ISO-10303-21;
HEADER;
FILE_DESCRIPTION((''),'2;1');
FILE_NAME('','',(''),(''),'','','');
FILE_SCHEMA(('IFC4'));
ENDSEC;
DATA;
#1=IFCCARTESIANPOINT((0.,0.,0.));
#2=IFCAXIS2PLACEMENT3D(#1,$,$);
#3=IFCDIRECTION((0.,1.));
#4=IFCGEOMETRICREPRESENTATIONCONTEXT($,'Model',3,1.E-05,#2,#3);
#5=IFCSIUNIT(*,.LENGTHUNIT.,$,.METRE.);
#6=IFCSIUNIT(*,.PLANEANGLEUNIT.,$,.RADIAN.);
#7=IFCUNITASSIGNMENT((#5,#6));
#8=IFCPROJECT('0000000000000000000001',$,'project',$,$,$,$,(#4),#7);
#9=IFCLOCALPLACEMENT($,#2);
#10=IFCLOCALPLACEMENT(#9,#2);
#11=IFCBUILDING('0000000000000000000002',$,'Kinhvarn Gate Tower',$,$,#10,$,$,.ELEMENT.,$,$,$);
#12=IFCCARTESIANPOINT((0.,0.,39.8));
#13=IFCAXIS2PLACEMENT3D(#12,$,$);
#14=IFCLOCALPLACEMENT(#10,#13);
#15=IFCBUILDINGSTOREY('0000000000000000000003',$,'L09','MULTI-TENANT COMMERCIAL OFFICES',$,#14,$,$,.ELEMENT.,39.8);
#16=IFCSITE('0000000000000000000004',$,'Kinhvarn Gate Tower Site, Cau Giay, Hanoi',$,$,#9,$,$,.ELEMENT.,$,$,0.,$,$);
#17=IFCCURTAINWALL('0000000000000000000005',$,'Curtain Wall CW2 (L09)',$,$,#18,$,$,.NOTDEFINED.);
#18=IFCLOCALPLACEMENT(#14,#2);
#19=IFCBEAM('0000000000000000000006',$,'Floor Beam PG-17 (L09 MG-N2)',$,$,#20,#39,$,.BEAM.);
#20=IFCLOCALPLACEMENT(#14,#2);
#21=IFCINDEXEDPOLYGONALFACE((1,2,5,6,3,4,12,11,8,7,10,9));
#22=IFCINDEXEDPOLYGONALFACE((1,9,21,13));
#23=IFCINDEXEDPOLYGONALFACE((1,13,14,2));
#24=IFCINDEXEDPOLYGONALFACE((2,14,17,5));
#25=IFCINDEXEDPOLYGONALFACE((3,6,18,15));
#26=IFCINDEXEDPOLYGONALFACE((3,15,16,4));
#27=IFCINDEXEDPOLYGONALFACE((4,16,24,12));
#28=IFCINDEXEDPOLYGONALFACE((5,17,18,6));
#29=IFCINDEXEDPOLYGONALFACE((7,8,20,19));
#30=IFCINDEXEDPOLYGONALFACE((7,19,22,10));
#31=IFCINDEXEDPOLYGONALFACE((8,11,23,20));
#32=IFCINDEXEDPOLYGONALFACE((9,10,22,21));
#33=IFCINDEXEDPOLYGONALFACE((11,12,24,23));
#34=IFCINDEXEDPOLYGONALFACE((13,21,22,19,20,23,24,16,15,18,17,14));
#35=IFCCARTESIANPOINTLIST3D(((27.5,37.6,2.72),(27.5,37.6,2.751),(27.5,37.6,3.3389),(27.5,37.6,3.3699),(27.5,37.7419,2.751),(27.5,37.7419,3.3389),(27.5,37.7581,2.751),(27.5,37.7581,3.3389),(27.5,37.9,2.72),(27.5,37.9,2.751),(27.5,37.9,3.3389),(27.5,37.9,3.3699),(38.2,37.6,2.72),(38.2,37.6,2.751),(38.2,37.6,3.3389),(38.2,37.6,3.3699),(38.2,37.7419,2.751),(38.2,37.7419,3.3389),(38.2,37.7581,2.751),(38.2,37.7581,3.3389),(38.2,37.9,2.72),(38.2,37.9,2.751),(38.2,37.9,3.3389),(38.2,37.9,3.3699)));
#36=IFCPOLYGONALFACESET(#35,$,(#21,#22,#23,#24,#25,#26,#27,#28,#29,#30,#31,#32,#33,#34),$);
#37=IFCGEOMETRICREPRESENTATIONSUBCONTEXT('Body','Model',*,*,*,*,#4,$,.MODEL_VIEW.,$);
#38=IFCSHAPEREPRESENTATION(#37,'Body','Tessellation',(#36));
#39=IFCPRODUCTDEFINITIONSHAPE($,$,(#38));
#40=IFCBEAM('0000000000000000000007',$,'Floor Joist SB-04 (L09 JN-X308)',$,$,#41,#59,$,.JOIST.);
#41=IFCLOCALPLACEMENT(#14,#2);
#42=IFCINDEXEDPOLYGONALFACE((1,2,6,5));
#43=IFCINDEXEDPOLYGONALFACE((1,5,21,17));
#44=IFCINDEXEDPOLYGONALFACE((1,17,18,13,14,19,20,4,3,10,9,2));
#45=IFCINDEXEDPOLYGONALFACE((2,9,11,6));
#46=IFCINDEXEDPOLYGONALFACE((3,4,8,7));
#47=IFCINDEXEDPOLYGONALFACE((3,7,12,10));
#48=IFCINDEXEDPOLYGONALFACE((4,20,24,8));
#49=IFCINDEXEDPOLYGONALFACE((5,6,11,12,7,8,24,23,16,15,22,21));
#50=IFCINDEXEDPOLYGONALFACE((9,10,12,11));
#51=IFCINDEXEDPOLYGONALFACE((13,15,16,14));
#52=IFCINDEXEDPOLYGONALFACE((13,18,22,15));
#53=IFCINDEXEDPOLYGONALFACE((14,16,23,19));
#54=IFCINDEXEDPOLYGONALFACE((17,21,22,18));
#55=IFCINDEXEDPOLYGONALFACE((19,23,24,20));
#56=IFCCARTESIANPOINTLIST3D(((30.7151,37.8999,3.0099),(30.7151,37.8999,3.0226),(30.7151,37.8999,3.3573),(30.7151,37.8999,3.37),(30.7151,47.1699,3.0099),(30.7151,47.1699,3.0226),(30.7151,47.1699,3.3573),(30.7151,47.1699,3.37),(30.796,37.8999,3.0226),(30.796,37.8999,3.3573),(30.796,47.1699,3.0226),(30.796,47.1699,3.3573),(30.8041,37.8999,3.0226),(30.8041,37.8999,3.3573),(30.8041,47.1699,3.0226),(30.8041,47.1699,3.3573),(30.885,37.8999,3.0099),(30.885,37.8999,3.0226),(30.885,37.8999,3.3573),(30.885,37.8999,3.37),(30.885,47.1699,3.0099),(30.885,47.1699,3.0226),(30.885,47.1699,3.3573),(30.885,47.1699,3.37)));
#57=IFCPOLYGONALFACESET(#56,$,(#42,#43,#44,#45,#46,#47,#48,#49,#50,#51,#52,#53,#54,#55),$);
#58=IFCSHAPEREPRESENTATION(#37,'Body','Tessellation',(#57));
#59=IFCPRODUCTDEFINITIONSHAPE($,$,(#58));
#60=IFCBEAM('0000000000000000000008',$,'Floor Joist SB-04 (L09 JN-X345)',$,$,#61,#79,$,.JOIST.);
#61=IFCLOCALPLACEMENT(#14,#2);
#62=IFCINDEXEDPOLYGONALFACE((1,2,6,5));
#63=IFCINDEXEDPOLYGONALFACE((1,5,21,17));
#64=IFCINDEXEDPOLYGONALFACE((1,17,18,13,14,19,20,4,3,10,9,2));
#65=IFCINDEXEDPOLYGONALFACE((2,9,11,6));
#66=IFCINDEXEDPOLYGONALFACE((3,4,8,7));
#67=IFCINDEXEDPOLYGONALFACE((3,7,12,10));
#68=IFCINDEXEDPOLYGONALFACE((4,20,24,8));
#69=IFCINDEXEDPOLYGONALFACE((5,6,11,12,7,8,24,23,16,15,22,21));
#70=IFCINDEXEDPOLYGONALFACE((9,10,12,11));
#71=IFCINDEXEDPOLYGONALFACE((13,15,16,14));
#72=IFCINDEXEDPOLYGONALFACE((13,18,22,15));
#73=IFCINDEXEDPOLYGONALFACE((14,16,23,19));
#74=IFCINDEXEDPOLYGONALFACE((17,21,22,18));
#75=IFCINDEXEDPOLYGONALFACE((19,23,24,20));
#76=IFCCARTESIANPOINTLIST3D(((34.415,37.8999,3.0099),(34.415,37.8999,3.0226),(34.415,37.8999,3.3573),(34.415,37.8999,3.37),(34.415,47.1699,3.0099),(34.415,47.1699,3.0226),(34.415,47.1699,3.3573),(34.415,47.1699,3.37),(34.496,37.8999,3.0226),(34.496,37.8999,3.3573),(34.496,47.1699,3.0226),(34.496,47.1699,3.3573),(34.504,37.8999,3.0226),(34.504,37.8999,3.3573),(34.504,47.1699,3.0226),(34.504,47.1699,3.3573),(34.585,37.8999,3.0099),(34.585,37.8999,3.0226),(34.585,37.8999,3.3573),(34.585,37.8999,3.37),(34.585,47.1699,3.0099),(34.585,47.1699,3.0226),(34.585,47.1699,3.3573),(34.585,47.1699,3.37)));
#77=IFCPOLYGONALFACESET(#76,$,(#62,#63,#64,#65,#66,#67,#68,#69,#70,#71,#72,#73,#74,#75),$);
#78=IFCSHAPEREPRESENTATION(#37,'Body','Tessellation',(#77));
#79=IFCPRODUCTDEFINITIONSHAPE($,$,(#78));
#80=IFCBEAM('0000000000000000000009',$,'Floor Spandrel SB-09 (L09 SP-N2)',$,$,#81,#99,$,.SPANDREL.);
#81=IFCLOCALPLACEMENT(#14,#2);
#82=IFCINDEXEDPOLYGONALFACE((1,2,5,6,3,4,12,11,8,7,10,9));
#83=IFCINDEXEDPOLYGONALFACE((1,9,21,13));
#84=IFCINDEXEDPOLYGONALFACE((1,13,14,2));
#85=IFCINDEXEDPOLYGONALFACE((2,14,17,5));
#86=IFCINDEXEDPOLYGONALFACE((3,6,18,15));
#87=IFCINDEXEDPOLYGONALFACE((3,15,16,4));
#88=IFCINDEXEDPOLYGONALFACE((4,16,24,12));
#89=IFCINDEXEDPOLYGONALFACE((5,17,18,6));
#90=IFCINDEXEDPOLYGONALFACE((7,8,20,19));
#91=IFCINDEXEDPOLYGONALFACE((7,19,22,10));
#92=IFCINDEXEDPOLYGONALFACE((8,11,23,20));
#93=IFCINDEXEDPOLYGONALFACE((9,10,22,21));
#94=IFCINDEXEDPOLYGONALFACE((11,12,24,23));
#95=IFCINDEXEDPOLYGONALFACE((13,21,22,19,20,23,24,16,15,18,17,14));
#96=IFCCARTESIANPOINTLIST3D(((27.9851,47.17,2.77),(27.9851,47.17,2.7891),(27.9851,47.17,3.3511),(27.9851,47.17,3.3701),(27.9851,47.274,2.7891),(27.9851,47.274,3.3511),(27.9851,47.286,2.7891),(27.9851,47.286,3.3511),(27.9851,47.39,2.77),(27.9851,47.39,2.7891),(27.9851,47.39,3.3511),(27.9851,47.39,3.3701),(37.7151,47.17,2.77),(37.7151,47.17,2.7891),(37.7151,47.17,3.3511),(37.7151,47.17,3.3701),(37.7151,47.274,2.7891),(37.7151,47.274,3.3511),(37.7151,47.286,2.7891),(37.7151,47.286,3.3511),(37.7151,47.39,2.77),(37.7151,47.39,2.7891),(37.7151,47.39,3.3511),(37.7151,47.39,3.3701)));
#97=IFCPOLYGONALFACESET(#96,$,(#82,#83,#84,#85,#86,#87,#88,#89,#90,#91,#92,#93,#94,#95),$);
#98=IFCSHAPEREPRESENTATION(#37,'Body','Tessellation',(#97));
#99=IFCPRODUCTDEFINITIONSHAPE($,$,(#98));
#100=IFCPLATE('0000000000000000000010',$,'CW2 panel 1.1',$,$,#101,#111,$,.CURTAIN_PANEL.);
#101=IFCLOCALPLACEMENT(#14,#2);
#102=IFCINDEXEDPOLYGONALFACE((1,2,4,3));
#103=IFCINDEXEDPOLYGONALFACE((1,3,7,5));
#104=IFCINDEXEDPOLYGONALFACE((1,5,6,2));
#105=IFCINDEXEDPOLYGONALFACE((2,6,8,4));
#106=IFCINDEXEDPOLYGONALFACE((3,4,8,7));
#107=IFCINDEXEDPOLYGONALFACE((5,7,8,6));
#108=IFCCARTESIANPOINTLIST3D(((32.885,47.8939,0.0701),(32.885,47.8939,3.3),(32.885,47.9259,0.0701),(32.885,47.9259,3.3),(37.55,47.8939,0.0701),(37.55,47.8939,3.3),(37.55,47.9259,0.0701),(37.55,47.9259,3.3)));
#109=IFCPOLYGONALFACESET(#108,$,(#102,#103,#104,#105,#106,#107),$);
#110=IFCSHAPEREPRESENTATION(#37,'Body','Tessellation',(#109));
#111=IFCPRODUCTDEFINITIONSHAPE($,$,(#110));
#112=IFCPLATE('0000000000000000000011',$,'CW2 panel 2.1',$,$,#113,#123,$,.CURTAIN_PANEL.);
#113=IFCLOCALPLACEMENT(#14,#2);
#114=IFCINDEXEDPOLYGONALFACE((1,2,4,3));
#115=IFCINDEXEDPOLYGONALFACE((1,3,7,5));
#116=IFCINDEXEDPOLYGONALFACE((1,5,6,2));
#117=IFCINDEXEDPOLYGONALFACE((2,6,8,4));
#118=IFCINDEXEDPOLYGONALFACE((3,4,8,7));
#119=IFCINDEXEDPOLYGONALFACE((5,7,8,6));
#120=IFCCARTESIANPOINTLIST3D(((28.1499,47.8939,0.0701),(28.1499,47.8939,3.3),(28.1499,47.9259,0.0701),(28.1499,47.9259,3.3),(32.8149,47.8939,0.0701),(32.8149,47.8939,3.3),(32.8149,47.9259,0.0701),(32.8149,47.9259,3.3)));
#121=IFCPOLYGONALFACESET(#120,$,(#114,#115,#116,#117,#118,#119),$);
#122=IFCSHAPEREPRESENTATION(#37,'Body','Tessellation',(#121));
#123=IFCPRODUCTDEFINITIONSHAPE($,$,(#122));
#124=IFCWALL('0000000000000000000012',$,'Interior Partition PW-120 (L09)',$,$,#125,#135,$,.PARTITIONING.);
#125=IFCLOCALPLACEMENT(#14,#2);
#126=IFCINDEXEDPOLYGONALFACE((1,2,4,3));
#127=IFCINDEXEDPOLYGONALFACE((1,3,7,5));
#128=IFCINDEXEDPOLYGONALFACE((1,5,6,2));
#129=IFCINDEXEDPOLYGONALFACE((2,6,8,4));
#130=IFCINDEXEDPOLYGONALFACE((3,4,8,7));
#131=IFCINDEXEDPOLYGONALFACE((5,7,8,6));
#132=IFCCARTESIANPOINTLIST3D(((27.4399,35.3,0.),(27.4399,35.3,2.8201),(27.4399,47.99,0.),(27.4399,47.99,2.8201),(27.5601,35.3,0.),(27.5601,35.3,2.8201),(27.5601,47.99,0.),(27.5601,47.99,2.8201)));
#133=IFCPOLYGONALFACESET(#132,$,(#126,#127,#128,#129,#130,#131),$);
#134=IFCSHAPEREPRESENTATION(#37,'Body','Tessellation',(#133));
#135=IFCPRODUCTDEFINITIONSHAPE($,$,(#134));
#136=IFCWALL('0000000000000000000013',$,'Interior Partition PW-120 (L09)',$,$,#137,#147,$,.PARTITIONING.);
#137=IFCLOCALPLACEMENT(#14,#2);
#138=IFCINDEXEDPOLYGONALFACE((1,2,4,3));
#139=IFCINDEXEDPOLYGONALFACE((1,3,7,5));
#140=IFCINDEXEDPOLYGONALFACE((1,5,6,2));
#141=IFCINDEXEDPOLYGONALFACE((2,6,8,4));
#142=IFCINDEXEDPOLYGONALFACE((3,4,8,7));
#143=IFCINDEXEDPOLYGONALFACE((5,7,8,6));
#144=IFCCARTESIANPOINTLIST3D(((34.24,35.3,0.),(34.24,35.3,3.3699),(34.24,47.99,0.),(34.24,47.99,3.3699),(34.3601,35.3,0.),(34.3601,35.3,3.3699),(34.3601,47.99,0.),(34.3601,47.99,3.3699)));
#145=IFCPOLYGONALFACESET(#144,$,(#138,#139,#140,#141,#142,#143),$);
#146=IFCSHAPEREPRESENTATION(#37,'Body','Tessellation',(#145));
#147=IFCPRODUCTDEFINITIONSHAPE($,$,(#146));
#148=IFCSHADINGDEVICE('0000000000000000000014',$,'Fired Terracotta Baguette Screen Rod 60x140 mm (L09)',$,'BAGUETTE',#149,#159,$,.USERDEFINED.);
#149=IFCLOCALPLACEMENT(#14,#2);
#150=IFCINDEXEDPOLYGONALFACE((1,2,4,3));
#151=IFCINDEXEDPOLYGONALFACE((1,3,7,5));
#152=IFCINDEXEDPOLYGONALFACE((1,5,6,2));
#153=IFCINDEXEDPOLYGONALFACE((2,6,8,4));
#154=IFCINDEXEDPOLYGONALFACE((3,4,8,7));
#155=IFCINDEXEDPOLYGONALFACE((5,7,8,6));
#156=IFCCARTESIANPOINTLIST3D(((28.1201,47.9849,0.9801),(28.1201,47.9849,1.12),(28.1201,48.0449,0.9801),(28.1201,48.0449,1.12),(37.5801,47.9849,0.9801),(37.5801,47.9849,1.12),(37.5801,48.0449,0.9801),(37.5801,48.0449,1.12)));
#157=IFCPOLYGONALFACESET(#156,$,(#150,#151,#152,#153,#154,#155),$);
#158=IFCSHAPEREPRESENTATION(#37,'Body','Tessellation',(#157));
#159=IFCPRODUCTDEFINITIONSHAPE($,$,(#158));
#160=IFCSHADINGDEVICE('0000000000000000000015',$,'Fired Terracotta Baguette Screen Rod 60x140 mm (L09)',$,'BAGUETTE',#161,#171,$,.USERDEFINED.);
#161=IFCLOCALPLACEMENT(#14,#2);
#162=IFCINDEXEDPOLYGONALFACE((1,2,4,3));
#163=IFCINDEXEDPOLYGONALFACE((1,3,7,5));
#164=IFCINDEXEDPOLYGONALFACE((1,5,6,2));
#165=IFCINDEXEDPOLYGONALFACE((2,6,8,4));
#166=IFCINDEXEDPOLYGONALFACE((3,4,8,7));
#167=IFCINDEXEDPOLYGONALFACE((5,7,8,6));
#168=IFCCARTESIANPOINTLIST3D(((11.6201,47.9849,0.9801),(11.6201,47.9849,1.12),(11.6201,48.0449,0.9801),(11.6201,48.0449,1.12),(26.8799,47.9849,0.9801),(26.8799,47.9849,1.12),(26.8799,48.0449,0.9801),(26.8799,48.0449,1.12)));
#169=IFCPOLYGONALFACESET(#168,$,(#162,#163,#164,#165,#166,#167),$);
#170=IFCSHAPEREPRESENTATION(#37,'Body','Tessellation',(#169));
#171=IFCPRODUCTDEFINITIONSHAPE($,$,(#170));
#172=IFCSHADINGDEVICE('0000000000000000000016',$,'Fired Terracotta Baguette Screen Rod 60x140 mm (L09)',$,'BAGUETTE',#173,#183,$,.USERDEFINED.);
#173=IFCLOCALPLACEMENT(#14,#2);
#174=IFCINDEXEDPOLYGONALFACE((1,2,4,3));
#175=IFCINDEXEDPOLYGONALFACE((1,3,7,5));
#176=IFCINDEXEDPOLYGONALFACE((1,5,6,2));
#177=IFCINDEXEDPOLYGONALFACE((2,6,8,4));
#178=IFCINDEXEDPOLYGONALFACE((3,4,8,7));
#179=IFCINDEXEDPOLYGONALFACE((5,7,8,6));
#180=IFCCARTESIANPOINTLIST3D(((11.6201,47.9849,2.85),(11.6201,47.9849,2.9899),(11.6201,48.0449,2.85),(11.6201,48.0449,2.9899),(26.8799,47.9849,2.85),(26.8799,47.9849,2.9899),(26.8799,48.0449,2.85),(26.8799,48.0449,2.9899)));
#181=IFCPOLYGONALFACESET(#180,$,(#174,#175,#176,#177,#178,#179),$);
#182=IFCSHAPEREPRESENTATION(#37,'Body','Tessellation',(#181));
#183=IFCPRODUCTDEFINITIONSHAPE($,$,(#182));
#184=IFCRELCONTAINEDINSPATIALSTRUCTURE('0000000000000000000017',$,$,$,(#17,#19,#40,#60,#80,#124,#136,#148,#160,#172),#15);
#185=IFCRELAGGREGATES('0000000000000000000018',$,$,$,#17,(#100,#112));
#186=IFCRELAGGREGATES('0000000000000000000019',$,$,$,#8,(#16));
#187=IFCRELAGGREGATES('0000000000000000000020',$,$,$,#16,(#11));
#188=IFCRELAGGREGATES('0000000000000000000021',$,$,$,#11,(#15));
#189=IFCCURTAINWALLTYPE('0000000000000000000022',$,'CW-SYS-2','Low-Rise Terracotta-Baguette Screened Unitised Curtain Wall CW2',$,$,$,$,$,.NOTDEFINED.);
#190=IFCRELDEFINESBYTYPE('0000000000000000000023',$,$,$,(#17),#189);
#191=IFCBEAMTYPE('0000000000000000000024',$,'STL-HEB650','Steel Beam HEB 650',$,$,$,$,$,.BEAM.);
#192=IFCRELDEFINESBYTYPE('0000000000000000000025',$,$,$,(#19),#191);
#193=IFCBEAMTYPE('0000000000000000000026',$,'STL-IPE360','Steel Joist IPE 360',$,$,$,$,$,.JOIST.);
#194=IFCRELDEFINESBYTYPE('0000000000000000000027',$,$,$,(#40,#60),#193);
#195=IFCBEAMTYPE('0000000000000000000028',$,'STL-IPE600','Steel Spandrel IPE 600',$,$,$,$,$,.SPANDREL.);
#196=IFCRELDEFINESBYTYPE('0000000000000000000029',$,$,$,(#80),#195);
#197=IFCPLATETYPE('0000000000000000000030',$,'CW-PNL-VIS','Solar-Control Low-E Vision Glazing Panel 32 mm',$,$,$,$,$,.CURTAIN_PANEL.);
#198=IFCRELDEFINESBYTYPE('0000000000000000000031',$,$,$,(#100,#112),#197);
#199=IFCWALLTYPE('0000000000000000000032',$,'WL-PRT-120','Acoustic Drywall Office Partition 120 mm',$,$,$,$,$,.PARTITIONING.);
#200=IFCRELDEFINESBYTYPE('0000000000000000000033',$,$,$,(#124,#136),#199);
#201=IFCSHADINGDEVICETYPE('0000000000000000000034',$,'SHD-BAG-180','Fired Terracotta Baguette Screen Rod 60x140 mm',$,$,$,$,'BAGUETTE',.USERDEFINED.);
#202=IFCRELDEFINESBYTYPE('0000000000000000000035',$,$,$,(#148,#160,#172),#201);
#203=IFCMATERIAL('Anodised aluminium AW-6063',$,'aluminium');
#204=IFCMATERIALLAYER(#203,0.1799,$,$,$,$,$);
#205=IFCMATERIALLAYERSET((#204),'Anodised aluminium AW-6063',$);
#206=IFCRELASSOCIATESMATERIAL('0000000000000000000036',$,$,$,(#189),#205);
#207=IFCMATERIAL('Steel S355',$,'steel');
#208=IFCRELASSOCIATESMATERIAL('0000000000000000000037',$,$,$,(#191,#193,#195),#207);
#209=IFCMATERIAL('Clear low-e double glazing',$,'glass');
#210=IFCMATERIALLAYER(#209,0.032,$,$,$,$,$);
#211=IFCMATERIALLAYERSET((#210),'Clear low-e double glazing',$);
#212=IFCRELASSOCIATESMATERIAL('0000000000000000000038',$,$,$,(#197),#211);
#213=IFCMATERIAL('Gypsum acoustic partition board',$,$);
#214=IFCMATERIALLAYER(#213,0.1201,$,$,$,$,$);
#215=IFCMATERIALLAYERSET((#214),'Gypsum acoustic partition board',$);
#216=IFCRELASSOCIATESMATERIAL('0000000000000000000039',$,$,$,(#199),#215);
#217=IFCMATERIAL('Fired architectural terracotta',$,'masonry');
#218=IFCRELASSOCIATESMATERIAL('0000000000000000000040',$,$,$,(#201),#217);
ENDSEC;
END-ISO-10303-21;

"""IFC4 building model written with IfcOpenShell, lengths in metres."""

from ifc_helpers import new_model, si_unit, direction, frame, frame_2d, origin, origin_2d, place, context, subcontext, project, spatial, rectangle, i_section, extrude, material, layer, layer_set, material_profile, profile_set, type_object, element, aggregate, save


model = new_model("IFC4")

# Units and contexts
model_context = context("Model", 3, precision=1e-05, world=origin(), true_north=direction((0.0, 1.0)))
body_context = subcontext(model_context, "Body", "Model", "MODEL_VIEW")
ifc_project = project(units=[si_unit("LENGTHUNIT", "METRE"), si_unit("PLANEANGLEUNIT", "RADIAN")], contexts=[model_context])

# Site, building, storey
site_placement = place(None, origin())
site = spatial("IfcSite", under=ifc_project, at=site_placement, Name="Kinhvarn Gate Tower Site, Cau Giay, Hanoi", CompositionType="ELEMENT", RefElevation=0.0)
building_placement = place(site_placement, origin())
building = spatial("IfcBuilding", under=site, at=building_placement, Name="Kinhvarn Gate Tower", CompositionType="ELEMENT")
storey_placement = place(building_placement, frame((0.0, 0.0, 39.8)))
storey = spatial("IfcBuildingStorey", under=building, at=storey_placement, Name="L09", Description="MULTI-TENANT COMMERCIAL OFFICES", CompositionType="ELEMENT", Elevation=39.8)

# Curtain wall
ifc_material_1 = material(Name="Anodised aluminium AW-6063", Category="aluminium")
ifc_layer_1 = layer(ifc_material_1, 0.1799)
ifc_layer_set_1 = layer_set([ifc_layer_1], Name="Anodised aluminium AW-6063")
curtain_wall_type = type_object("IfcCurtainWallType", Name="CW-SYS-2", Description="Low-Rise Terracotta-Baguette Screened Unitised Curtain Wall CW2", PredefinedType="NOTDEFINED", material=ifc_layer_set_1)
curtain_wall_1_placement = place(storey_placement, origin())
curtain_wall_1 = element("IfcCurtainWall", 1, at=curtain_wall_1_placement, inside=storey, type_object=curtain_wall_type, Name="Curtain Wall CW2 (L09)", PredefinedType="NOTDEFINED")

# Beams
ifc_material_2 = material(Name="Steel S355", Category="steel")
ifc_material_profile_1 = material_profile(ifc_material_2, i_section(OverallWidth=0.3, OverallDepth=0.6499, WebThickness=0.0161, FlangeThickness=0.031, at=origin_2d()), Name="HEB 650")
ifc_profile_set_1 = profile_set([ifc_material_profile_1], Name="Steel S355")
beam_type_1 = type_object("IfcBeamType", Name="STL-HEB650", Description="Steel Beam HEB 650", PredefinedType="BEAM", material=ifc_profile_set_1)
beam_1_placement = place(storey_placement, frame((27.5, 37.75, 3.0449), z_axis=(1.0, 0.0, 0.0), x_axis=(0.0, 1.0, 0.0)))
element("IfcBeam", 2, at=beam_1_placement, inside=storey, type_object=beam_type_1, Name="Floor Beam PG-17 (L09 MG-N2)", PredefinedType="BEAM", context=body_context, shape_type="SweptSolid", body=[
    extrude(i_section(OverallWidth=0.3, OverallDepth=0.6499, WebThickness=0.0161, FlangeThickness=0.031, at=origin_2d()), origin(), (0.0, 0.0, 1.0), 10.7),
])
ifc_material_profile_2 = material_profile(ifc_material_2, i_section(OverallWidth=0.1699, OverallDepth=0.3601, WebThickness=0.0081, FlangeThickness=0.0127, at=origin_2d()), Name="IPE 360")
ifc_profile_set_2 = profile_set([ifc_material_profile_2], Name="Steel S355")
beam_type_2 = type_object("IfcBeamType", Name="STL-IPE360", Description="Steel Joist IPE 360", PredefinedType="JOIST", material=ifc_profile_set_2)
for number, where, z_axis, x_axis, name in (
    (3, (30.8, 37.8999, 3.1899), (0.0, 1.0, 0.0), (-1.0, 0.0, 0.0), "Floor Joist SB-04 (L09 JN-X308)"),
    (4, (34.5, 37.8999, 3.1899), (0.0, 1.0, 0.0), (-1.0, 0.0, 0.0), "Floor Joist SB-04 (L09 JN-X345)"),
):
    element("IfcBeam", number, at=place(storey_placement, frame(where, z_axis=z_axis, x_axis=x_axis)), inside=storey, type_object=beam_type_2, Name=name, PredefinedType="JOIST", context=body_context, shape_type="SweptSolid", body=[
        extrude(i_section(OverallWidth=0.1699, OverallDepth=0.3601, WebThickness=0.0081, FlangeThickness=0.0127, at=origin_2d()), origin(), (0.0, 0.0, 1.0), 9.27),
    ])
ifc_material_profile_3 = material_profile(ifc_material_2, i_section(OverallWidth=0.22, OverallDepth=0.6001, WebThickness=0.012, FlangeThickness=0.019, at=origin_2d()), Name="IPE 600")
ifc_profile_set_3 = profile_set([ifc_material_profile_3], Name="Steel S355")
beam_type_3 = type_object("IfcBeamType", Name="STL-IPE600", Description="Steel Spandrel IPE 600", PredefinedType="SPANDREL", material=ifc_profile_set_3)
beam_2_placement = place(storey_placement, frame((27.9851, 47.28, 3.0701), z_axis=(1.0, 0.0, 0.0), x_axis=(0.0, 1.0, 0.0)))
element("IfcBeam", 5, at=beam_2_placement, inside=storey, type_object=beam_type_3, Name="Floor Spandrel SB-09 (L09 SP-N2)", PredefinedType="SPANDREL", context=body_context, shape_type="SweptSolid", body=[
    extrude(i_section(OverallWidth=0.22, OverallDepth=0.6001, WebThickness=0.012, FlangeThickness=0.019, at=origin_2d()), origin(), (0.0, 0.0, 1.0), 9.73),
])

# Plates
ifc_material_3 = material(Name="Clear low-e double glazing", Category="glass")
ifc_layer_2 = layer(ifc_material_3, 0.032)
ifc_layer_set_2 = layer_set([ifc_layer_2], Name="Clear low-e double glazing")
plate_type = type_object("IfcPlateType", Name="CW-PNL-VIS", Description="Solar-Control Low-E Vision Glazing Panel 32 mm", PredefinedType="CURTAIN_PANEL", material=ifc_layer_set_2)
plate_1_placement = place(storey_placement, frame((35.2175, 47.9099, 0.0701), z_axis=(0.0, 0.0, 1.0), x_axis=(-1.0, 0.0, 0.0)))
plate_1 = element("IfcPlate", 6, at=plate_1_placement, type_object=plate_type, Name="CW2 panel 1.1", PredefinedType="CURTAIN_PANEL", context=body_context, shape_type="SweptSolid", body=[
    extrude(rectangle(XDim=4.665, YDim=0.032, at=origin_2d()), origin(), (0.0, 0.0, 1.0), 3.23),
])
plate_2_placement = place(storey_placement, frame((30.4824, 47.9099, 0.0701), z_axis=(0.0, 0.0, 1.0), x_axis=(-1.0, 0.0, 0.0)))
plate_2 = element("IfcPlate", 7, at=plate_2_placement, type_object=plate_type, Name="CW2 panel 2.1", PredefinedType="CURTAIN_PANEL", context=body_context, shape_type="SweptSolid", body=[
    extrude(rectangle(XDim=4.665, YDim=0.032, at=origin_2d()), origin(), (0.0, 0.0, 1.0), 3.23),
])
aggregate(curtain_wall_1, [plate_1, plate_2])

# Walls
ifc_material_4 = material(Name="Gypsum acoustic partition board")
ifc_layer_3 = layer(ifc_material_4, 0.1201)
ifc_layer_set_3 = layer_set([ifc_layer_3], Name="Gypsum acoustic partition board")
wall_type = type_object("IfcWallType", Name="WL-PRT-120", Description="Acoustic Drywall Office Partition 120 mm", PredefinedType="PARTITIONING", material=ifc_layer_set_3)
wall_1_placement = place(storey_placement, frame((27.5, 35.3, 0.0), z_axis=(0.0, 0.0, 1.0), x_axis=(0.0, 1.0, 0.0)))
element("IfcWall", 8, at=wall_1_placement, inside=storey, type_object=wall_type, Name="Interior Partition PW-120 (L09)", PredefinedType="PARTITIONING", context=body_context, shape_type="SweptSolid", body=[
    extrude(rectangle(XDim=12.6899, YDim=0.1201, at=frame_2d((6.345, 0.0))), origin(), (0.0, 0.0, 1.0), 2.8201),
])
wall_2_placement = place(storey_placement, frame((34.3, 35.3, 0.0), z_axis=(0.0, 0.0, 1.0), x_axis=(0.0, 1.0, 0.0)))
element("IfcWall", 9, at=wall_2_placement, inside=storey, type_object=wall_type, Name="Interior Partition PW-120 (L09)", PredefinedType="PARTITIONING", context=body_context, shape_type="SweptSolid", body=[
    extrude(rectangle(XDim=12.6899, YDim=0.1201, at=frame_2d((6.345, 0.0))), origin(), (0.0, 0.0, 1.0), 3.3699),
])

# Shading devices
ifc_material_5 = material(Name="Fired architectural terracotta", Category="masonry")
ifc_material_profile_4 = material_profile(ifc_material_5, rectangle(XDim=0.0601, YDim=0.1399, at=origin_2d()), Name="TC 60x140")
ifc_profile_set_4 = profile_set([ifc_material_profile_4], Name="Fired architectural terracotta")
shading_device_type = type_object("IfcShadingDeviceType", Name="SHD-BAG-180", Description="Fired Terracotta Baguette Screen Rod 60x140 mm", ElementType="BAGUETTE", PredefinedType="USERDEFINED", material=ifc_profile_set_4)
shading_device_placement = place(storey_placement, frame((37.5801, 48.0149, 1.05), z_axis=(-1.0, 0.0, 0.0), x_axis=(0.0, -1.0, 0.0)))
element("IfcShadingDevice", 10, at=shading_device_placement, inside=storey, type_object=shading_device_type, Name="Fired Terracotta Baguette Screen Rod 60x140 mm (L09)", ObjectType="BAGUETTE", PredefinedType="USERDEFINED", context=body_context, shape_type="SweptSolid", body=[
    extrude(rectangle(XDim=0.0601, YDim=0.1399, at=origin_2d()), origin(), (0.0, 0.0, 1.0), 9.46),
])
for number, where, z_axis, x_axis, name in (
    (11, (26.8799, 48.0149, 1.05), (-1.0, 0.0, 0.0), (0.0, -1.0, 0.0), "Fired Terracotta Baguette Screen Rod 60x140 mm (L09)"),
    (12, (26.8799, 48.0149, 2.9199), (-1.0, 0.0, 0.0), (0.0, -1.0, 0.0), "Fired Terracotta Baguette Screen Rod 60x140 mm (L09)"),
):
    element("IfcShadingDevice", number, at=place(storey_placement, frame(where, z_axis=z_axis, x_axis=x_axis)), inside=storey, type_object=shading_device_type, Name=name, ObjectType="BAGUETTE", PredefinedType="USERDEFINED", context=body_context, shape_type="SweptSolid", body=[
        extrude(rectangle(XDim=0.0601, YDim=0.1399, at=origin_2d()), origin(), (0.0, 0.0, 1.0), 15.2598),
    ])

save(model, "model.ifc")
